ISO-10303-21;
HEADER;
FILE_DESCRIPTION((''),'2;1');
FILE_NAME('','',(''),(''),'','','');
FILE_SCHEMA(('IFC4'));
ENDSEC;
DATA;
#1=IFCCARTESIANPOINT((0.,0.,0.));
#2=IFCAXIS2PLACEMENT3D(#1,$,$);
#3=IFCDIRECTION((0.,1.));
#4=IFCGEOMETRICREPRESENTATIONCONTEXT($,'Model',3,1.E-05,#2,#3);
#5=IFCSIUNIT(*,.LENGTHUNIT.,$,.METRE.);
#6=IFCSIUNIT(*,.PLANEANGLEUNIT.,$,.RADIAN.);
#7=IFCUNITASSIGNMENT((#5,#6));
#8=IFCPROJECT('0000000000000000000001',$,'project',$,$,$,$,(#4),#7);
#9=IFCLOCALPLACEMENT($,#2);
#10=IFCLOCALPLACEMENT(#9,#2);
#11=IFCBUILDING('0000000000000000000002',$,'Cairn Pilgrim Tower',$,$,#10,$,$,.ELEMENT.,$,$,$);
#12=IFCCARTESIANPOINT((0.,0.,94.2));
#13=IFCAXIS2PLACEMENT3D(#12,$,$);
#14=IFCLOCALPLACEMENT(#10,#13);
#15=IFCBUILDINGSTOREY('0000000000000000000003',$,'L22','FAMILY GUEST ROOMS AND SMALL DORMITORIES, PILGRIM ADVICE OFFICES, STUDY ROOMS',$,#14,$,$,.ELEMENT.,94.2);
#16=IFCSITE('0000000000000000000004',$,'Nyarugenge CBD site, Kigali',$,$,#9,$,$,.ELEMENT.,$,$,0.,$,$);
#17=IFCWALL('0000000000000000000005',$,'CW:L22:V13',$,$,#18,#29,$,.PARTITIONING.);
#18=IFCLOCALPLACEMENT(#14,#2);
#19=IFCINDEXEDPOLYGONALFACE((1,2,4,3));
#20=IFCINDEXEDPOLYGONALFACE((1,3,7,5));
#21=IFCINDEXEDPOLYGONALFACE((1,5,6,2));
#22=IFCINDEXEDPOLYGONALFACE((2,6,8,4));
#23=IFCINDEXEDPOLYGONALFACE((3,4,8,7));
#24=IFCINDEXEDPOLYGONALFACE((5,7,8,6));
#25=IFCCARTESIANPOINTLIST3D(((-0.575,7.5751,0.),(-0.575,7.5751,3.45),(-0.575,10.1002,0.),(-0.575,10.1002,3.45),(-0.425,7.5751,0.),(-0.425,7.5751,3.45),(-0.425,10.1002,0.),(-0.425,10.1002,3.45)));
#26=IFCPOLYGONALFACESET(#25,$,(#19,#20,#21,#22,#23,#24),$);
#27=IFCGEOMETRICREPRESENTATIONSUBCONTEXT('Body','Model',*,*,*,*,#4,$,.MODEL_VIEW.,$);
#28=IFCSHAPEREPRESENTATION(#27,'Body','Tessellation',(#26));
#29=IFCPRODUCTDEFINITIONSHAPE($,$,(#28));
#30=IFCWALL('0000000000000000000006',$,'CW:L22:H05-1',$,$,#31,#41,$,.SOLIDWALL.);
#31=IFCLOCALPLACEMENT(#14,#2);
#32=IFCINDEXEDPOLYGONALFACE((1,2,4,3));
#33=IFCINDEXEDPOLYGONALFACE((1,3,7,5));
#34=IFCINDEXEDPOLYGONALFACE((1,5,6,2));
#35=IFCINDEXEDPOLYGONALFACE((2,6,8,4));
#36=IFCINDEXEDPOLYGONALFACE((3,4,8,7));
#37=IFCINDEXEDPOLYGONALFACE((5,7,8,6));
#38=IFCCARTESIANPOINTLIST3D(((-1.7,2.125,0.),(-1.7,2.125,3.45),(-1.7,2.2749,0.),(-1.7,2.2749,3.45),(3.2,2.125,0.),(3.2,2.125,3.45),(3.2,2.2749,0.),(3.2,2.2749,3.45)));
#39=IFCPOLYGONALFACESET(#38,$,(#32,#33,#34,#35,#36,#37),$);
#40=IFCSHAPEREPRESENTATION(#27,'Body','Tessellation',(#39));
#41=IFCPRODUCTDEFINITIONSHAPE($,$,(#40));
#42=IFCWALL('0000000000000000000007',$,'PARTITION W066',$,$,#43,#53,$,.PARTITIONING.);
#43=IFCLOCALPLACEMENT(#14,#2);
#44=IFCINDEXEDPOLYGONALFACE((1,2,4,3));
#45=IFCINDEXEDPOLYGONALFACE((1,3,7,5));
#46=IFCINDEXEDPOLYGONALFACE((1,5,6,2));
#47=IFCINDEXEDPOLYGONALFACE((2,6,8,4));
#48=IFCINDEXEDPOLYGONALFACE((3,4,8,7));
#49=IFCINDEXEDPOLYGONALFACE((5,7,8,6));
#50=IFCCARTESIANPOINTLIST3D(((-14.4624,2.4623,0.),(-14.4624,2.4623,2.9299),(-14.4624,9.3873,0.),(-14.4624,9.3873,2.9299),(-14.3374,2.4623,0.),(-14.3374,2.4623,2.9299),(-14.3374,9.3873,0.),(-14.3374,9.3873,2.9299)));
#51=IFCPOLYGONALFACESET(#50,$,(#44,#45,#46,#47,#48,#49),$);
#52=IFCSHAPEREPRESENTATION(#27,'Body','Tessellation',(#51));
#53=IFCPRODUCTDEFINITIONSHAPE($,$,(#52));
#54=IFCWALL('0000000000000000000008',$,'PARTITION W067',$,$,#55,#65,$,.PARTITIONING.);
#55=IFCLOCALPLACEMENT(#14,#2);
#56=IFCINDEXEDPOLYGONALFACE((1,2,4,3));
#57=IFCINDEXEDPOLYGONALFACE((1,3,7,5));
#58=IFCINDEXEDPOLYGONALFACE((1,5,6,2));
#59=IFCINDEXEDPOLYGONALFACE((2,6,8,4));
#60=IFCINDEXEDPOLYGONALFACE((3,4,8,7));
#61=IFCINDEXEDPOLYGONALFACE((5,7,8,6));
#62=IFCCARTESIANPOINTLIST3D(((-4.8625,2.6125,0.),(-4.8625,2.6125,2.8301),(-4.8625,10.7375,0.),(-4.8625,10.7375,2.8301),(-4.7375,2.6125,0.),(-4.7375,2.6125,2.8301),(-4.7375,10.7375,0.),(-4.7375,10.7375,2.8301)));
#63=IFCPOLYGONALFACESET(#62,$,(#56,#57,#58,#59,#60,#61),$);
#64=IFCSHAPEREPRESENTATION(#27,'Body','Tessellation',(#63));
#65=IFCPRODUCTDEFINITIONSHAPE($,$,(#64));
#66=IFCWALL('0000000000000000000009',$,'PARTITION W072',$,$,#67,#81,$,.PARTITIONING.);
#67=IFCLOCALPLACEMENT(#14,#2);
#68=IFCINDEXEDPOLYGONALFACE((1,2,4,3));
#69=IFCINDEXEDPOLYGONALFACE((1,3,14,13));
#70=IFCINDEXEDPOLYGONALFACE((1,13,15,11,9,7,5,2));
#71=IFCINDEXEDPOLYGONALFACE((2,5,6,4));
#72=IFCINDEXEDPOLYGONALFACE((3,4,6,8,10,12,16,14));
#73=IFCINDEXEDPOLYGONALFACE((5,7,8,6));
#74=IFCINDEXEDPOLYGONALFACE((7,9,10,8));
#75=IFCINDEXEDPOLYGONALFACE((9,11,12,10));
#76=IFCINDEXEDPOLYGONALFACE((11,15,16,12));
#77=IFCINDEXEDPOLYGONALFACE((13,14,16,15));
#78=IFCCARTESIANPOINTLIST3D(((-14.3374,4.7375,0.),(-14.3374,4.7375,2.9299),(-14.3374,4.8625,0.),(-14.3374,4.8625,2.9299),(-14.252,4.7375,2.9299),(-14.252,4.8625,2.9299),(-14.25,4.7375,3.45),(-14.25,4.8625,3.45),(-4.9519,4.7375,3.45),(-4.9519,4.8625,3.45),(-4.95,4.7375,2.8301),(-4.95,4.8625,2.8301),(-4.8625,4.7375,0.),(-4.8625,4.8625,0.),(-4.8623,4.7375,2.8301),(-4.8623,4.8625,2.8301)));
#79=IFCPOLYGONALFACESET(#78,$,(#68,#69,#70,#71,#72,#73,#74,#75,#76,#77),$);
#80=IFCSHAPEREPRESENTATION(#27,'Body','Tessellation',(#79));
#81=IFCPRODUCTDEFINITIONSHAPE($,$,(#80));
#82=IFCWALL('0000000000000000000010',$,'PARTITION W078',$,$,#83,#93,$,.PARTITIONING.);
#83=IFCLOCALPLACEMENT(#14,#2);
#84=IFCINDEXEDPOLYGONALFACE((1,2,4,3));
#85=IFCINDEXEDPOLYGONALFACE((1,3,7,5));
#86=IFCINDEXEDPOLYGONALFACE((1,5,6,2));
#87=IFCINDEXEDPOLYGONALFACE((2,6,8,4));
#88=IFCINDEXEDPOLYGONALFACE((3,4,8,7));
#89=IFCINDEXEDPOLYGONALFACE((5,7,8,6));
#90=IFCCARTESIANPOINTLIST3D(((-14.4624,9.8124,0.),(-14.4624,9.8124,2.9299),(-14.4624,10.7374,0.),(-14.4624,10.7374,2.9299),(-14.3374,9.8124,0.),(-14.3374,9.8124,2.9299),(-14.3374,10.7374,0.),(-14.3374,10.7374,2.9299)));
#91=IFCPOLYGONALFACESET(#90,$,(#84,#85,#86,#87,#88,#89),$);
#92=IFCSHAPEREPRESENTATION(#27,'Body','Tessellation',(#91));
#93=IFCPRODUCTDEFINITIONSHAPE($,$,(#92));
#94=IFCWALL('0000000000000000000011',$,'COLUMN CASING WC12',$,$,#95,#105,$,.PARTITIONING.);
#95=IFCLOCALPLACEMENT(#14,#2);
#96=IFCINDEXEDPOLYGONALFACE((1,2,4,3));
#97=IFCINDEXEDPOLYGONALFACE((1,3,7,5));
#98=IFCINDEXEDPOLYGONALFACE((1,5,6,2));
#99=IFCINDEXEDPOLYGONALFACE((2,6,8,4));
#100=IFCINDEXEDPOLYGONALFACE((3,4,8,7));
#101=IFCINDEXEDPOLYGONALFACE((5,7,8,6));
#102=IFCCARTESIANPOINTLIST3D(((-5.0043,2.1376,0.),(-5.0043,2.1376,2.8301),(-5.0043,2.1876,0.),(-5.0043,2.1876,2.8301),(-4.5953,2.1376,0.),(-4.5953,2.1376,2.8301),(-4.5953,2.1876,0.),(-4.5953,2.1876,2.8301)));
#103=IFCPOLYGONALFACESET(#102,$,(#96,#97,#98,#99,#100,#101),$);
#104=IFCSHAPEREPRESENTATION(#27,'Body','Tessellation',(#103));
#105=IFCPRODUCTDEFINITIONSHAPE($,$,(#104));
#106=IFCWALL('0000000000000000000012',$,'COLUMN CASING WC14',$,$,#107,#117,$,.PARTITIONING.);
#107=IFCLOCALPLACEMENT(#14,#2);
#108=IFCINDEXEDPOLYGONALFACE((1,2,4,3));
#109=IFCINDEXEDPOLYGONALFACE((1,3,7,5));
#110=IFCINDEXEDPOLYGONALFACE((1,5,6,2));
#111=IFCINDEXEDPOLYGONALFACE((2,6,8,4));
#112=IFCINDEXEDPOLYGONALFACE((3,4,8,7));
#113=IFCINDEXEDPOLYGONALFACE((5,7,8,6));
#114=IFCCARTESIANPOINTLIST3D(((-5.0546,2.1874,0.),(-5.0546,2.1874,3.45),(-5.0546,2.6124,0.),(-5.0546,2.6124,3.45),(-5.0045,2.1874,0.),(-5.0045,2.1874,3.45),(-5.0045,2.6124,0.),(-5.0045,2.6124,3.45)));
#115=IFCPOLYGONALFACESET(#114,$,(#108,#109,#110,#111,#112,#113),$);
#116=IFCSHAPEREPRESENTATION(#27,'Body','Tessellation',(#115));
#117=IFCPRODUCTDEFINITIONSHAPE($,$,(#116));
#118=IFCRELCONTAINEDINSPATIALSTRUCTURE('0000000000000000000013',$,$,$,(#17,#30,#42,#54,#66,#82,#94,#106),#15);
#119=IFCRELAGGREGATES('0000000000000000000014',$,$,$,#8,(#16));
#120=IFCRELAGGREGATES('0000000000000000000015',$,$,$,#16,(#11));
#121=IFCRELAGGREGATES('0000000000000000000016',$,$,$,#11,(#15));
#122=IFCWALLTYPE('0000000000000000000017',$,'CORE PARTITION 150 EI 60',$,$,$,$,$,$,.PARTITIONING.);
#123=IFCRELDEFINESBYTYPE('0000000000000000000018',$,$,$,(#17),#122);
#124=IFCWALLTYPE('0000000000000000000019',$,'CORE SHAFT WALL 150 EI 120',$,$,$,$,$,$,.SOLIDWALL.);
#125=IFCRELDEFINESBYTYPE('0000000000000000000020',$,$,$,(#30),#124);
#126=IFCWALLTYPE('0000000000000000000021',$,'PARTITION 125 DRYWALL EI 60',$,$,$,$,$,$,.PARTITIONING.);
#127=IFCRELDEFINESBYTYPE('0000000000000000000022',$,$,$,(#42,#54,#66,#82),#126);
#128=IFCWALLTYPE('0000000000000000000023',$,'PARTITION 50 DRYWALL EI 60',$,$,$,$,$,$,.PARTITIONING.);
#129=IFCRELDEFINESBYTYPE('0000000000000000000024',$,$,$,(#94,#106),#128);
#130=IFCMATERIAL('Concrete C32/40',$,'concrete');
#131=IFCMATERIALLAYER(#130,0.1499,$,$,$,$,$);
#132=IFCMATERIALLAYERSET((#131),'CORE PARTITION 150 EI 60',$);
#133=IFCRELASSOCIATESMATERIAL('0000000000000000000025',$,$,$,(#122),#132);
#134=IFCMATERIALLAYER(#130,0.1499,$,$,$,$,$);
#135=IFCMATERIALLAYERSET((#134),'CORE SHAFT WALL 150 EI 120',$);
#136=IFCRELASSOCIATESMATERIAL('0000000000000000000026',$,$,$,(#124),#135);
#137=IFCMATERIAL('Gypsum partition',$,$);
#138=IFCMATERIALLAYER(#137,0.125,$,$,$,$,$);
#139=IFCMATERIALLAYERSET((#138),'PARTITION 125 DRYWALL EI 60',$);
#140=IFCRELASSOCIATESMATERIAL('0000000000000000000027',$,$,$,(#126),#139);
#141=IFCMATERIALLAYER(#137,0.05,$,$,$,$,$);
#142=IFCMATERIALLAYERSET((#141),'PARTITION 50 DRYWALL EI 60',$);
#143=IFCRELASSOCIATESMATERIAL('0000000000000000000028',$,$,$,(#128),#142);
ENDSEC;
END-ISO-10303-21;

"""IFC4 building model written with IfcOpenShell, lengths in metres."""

from ifc_helpers import new_model, si_unit, direction, frame, frame_2d, origin, place, context, subcontext, project, spatial, polyline, rectangle, outline, extrude, material, layer, layer_set, type_object, element, save


model = new_model("IFC4")

# Units and contexts
model_context = context("Model", 3, precision=1e-05, world=origin(), true_north=direction((0.0, 1.0)))
body_context = subcontext(model_context, "Body", "Model", "MODEL_VIEW")
ifc_project = project(units=[si_unit("LENGTHUNIT", "METRE"), si_unit("PLANEANGLEUNIT", "RADIAN")], contexts=[model_context])

# Site, building, storey
site_placement = place(None, origin())
site = spatial("IfcSite", under=ifc_project, at=site_placement, Name="Nyarugenge CBD site, Kigali", CompositionType="ELEMENT", RefElevation=0.0)
building_placement = place(site_placement, origin())
building = spatial("IfcBuilding", under=site, at=building_placement, Name="Cairn Pilgrim Tower", CompositionType="ELEMENT")
storey_placement = place(building_placement, frame((0.0, 0.0, 94.2)))
storey = spatial("IfcBuildingStorey", under=building, at=storey_placement, Name="L22", Description="FAMILY GUEST ROOMS AND SMALL DORMITORIES, PILGRIM ADVICE OFFICES, STUDY ROOMS", CompositionType="ELEMENT", Elevation=94.2)

# Shared definitions
ifc_material_1 = material(Name="Concrete C32/40", Category="concrete")

# Shared definitions
ifc_layer_1 = layer(ifc_material_1, 0.1499)
ifc_layer_set_1 = layer_set([ifc_layer_1], Name="CORE PARTITION 150 EI 60")
wall_type_1 = type_object("IfcWallType", Name="CORE PARTITION 150 EI 60", PredefinedType="PARTITIONING", material=ifc_layer_set_1)

# Walls
wall_1_placement = place(storey_placement, frame((-0.5, 7.575, 0.0), z_axis=(0.0, 0.0, 1.0), x_axis=(0.0, 1.0, 0.0)))
element("IfcWall", 1, at=wall_1_placement, inside=storey, type_object=wall_type_1, Name="CW:L22:V13", PredefinedType="PARTITIONING", context=body_context, shape_type="SweptSolid", body=[
    extrude(rectangle(XDim=2.5251, YDim=0.1499, at=frame_2d((1.2627, 0.0))), origin(), (0.0, 0.0, 1.0), 3.45),
])
ifc_layer_2 = layer(ifc_material_1, 0.1499)
ifc_layer_set_2 = layer_set([ifc_layer_2], Name="CORE SHAFT WALL 150 EI 120")
wall_type_2 = type_object("IfcWallType", Name="CORE SHAFT WALL 150 EI 120", PredefinedType="SOLIDWALL", material=ifc_layer_set_2)
wall_2_placement = place(storey_placement, frame((-1.7, 2.2, 0.0), z_axis=(0.0, 0.0, 1.0), x_axis=(1.0, 0.0, 0.0)))
element("IfcWall", 2, at=wall_2_placement, inside=storey, type_object=wall_type_2, Name="CW:L22:H05-1", PredefinedType="SOLIDWALL", context=body_context, shape_type="SweptSolid", body=[
    extrude(rectangle(XDim=4.8999, YDim=0.1499, at=frame_2d((2.45, 0.0))), origin(), (0.0, 0.0, 1.0), 3.45),
])
ifc_material_2 = material(Name="Gypsum partition")
ifc_layer_3 = layer(ifc_material_2, 0.125)
ifc_layer_set_3 = layer_set([ifc_layer_3], Name="PARTITION 125 DRYWALL EI 60")
wall_type_3 = type_object("IfcWallType", Name="PARTITION 125 DRYWALL EI 60", PredefinedType="PARTITIONING", material=ifc_layer_set_3)
wall_3_placement = place(storey_placement, frame((-14.3999, 2.4624, 0.0), z_axis=(0.0, 0.0, 1.0), x_axis=(0.0, 1.0, 0.0)))
element("IfcWall", 3, at=wall_3_placement, inside=storey, type_object=wall_type_3, Name="PARTITION W066", PredefinedType="PARTITIONING", context=body_context, shape_type="SweptSolid", body=[
    extrude(rectangle(XDim=6.925, YDim=0.125, at=frame_2d((3.4624, 0.0))), origin(), (0.0, 0.0, 1.0), 2.9299),
])
wall_4_placement = place(storey_placement, frame((-4.8, 2.6125, 0.0), z_axis=(0.0, 0.0, 1.0), x_axis=(0.0, 1.0, 0.0)))
element("IfcWall", 4, at=wall_4_placement, inside=storey, type_object=wall_type_3, Name="PARTITION W067", PredefinedType="PARTITIONING", context=body_context, shape_type="SweptSolid", body=[
    extrude(rectangle(XDim=8.125, YDim=0.125, at=frame_2d((4.0625, 0.0))), origin(), (0.0, 0.0, 1.0), 2.8301),
])
wall_5_placement = place(storey_placement, frame((-14.3374, 4.8, 0.0), z_axis=(0.0, 0.0, 1.0), x_axis=(1.0, 0.0, 0.0)))
element("IfcWall", 5, at=wall_5_placement, inside=storey, type_object=wall_type_3, Name="PARTITION W072", PredefinedType="PARTITIONING", context=body_context, shape_type="SweptSolid", body=[
    extrude(outline(polyline([(0.0, 0.0), (9.4749, 0.0), (9.4751, 2.8301), (9.3875, 2.8301), (9.3855, 3.45), (0.0874, 3.45), (0.0854, 2.9299), (0.0, 2.9299), (0.0, 0.0)])), frame((0.0, 0.0625, 0.0), z_axis=(0.0, -1.0, 0.0), x_axis=(1.0, 0.0, 0.0)), (0.0, 0.0, 1.0), 0.125),
])
wall_6_placement = place(storey_placement, frame((-14.3999, 9.8125, 0.0), z_axis=(0.0, 0.0, 1.0), x_axis=(0.0, 1.0, 0.0)))
element("IfcWall", 6, at=wall_6_placement, inside=storey, type_object=wall_type_3, Name="PARTITION W078", PredefinedType="PARTITIONING", context=body_context, shape_type="SweptSolid", body=[
    extrude(rectangle(XDim=0.925, YDim=0.125, at=frame_2d((0.4624, 0.0))), origin(), (0.0, 0.0, 1.0), 2.9299),
])
ifc_layer_4 = layer(ifc_material_2, 0.05)
ifc_layer_set_4 = layer_set([ifc_layer_4], Name="PARTITION 50 DRYWALL EI 60")
wall_type_4 = type_object("IfcWallType", Name="PARTITION 50 DRYWALL EI 60", PredefinedType="PARTITIONING", material=ifc_layer_set_4)
wall_7_placement = place(storey_placement, frame((-5.0044, 2.1626, 0.0), z_axis=(0.0, 0.0, 1.0), x_axis=(1.0, 0.0, 0.0)))
element("IfcWall", 7, at=wall_7_placement, inside=storey, type_object=wall_type_4, Name="COLUMN CASING WC12", PredefinedType="PARTITIONING", context=body_context, shape_type="SweptSolid", body=[
    extrude(rectangle(XDim=0.4089, YDim=0.05, at=frame_2d((0.2046, 0.0))), origin(), (0.0, 0.0, 1.0), 2.8301),
])
wall_8_placement = place(storey_placement, frame((-5.0295, 2.1875, 0.0), z_axis=(0.0, 0.0, 1.0), x_axis=(0.0, 1.0, 0.0)))
element("IfcWall", 8, at=wall_8_placement, inside=storey, type_object=wall_type_4, Name="COLUMN CASING WC14", PredefinedType="PARTITIONING", context=body_context, shape_type="SweptSolid", body=[
    extrude(rectangle(XDim=0.425, YDim=0.05, at=frame_2d((0.2124, 0.0))), origin(), (0.0, 0.0, 1.0), 3.45),
])

save(model, "model.ifc")
